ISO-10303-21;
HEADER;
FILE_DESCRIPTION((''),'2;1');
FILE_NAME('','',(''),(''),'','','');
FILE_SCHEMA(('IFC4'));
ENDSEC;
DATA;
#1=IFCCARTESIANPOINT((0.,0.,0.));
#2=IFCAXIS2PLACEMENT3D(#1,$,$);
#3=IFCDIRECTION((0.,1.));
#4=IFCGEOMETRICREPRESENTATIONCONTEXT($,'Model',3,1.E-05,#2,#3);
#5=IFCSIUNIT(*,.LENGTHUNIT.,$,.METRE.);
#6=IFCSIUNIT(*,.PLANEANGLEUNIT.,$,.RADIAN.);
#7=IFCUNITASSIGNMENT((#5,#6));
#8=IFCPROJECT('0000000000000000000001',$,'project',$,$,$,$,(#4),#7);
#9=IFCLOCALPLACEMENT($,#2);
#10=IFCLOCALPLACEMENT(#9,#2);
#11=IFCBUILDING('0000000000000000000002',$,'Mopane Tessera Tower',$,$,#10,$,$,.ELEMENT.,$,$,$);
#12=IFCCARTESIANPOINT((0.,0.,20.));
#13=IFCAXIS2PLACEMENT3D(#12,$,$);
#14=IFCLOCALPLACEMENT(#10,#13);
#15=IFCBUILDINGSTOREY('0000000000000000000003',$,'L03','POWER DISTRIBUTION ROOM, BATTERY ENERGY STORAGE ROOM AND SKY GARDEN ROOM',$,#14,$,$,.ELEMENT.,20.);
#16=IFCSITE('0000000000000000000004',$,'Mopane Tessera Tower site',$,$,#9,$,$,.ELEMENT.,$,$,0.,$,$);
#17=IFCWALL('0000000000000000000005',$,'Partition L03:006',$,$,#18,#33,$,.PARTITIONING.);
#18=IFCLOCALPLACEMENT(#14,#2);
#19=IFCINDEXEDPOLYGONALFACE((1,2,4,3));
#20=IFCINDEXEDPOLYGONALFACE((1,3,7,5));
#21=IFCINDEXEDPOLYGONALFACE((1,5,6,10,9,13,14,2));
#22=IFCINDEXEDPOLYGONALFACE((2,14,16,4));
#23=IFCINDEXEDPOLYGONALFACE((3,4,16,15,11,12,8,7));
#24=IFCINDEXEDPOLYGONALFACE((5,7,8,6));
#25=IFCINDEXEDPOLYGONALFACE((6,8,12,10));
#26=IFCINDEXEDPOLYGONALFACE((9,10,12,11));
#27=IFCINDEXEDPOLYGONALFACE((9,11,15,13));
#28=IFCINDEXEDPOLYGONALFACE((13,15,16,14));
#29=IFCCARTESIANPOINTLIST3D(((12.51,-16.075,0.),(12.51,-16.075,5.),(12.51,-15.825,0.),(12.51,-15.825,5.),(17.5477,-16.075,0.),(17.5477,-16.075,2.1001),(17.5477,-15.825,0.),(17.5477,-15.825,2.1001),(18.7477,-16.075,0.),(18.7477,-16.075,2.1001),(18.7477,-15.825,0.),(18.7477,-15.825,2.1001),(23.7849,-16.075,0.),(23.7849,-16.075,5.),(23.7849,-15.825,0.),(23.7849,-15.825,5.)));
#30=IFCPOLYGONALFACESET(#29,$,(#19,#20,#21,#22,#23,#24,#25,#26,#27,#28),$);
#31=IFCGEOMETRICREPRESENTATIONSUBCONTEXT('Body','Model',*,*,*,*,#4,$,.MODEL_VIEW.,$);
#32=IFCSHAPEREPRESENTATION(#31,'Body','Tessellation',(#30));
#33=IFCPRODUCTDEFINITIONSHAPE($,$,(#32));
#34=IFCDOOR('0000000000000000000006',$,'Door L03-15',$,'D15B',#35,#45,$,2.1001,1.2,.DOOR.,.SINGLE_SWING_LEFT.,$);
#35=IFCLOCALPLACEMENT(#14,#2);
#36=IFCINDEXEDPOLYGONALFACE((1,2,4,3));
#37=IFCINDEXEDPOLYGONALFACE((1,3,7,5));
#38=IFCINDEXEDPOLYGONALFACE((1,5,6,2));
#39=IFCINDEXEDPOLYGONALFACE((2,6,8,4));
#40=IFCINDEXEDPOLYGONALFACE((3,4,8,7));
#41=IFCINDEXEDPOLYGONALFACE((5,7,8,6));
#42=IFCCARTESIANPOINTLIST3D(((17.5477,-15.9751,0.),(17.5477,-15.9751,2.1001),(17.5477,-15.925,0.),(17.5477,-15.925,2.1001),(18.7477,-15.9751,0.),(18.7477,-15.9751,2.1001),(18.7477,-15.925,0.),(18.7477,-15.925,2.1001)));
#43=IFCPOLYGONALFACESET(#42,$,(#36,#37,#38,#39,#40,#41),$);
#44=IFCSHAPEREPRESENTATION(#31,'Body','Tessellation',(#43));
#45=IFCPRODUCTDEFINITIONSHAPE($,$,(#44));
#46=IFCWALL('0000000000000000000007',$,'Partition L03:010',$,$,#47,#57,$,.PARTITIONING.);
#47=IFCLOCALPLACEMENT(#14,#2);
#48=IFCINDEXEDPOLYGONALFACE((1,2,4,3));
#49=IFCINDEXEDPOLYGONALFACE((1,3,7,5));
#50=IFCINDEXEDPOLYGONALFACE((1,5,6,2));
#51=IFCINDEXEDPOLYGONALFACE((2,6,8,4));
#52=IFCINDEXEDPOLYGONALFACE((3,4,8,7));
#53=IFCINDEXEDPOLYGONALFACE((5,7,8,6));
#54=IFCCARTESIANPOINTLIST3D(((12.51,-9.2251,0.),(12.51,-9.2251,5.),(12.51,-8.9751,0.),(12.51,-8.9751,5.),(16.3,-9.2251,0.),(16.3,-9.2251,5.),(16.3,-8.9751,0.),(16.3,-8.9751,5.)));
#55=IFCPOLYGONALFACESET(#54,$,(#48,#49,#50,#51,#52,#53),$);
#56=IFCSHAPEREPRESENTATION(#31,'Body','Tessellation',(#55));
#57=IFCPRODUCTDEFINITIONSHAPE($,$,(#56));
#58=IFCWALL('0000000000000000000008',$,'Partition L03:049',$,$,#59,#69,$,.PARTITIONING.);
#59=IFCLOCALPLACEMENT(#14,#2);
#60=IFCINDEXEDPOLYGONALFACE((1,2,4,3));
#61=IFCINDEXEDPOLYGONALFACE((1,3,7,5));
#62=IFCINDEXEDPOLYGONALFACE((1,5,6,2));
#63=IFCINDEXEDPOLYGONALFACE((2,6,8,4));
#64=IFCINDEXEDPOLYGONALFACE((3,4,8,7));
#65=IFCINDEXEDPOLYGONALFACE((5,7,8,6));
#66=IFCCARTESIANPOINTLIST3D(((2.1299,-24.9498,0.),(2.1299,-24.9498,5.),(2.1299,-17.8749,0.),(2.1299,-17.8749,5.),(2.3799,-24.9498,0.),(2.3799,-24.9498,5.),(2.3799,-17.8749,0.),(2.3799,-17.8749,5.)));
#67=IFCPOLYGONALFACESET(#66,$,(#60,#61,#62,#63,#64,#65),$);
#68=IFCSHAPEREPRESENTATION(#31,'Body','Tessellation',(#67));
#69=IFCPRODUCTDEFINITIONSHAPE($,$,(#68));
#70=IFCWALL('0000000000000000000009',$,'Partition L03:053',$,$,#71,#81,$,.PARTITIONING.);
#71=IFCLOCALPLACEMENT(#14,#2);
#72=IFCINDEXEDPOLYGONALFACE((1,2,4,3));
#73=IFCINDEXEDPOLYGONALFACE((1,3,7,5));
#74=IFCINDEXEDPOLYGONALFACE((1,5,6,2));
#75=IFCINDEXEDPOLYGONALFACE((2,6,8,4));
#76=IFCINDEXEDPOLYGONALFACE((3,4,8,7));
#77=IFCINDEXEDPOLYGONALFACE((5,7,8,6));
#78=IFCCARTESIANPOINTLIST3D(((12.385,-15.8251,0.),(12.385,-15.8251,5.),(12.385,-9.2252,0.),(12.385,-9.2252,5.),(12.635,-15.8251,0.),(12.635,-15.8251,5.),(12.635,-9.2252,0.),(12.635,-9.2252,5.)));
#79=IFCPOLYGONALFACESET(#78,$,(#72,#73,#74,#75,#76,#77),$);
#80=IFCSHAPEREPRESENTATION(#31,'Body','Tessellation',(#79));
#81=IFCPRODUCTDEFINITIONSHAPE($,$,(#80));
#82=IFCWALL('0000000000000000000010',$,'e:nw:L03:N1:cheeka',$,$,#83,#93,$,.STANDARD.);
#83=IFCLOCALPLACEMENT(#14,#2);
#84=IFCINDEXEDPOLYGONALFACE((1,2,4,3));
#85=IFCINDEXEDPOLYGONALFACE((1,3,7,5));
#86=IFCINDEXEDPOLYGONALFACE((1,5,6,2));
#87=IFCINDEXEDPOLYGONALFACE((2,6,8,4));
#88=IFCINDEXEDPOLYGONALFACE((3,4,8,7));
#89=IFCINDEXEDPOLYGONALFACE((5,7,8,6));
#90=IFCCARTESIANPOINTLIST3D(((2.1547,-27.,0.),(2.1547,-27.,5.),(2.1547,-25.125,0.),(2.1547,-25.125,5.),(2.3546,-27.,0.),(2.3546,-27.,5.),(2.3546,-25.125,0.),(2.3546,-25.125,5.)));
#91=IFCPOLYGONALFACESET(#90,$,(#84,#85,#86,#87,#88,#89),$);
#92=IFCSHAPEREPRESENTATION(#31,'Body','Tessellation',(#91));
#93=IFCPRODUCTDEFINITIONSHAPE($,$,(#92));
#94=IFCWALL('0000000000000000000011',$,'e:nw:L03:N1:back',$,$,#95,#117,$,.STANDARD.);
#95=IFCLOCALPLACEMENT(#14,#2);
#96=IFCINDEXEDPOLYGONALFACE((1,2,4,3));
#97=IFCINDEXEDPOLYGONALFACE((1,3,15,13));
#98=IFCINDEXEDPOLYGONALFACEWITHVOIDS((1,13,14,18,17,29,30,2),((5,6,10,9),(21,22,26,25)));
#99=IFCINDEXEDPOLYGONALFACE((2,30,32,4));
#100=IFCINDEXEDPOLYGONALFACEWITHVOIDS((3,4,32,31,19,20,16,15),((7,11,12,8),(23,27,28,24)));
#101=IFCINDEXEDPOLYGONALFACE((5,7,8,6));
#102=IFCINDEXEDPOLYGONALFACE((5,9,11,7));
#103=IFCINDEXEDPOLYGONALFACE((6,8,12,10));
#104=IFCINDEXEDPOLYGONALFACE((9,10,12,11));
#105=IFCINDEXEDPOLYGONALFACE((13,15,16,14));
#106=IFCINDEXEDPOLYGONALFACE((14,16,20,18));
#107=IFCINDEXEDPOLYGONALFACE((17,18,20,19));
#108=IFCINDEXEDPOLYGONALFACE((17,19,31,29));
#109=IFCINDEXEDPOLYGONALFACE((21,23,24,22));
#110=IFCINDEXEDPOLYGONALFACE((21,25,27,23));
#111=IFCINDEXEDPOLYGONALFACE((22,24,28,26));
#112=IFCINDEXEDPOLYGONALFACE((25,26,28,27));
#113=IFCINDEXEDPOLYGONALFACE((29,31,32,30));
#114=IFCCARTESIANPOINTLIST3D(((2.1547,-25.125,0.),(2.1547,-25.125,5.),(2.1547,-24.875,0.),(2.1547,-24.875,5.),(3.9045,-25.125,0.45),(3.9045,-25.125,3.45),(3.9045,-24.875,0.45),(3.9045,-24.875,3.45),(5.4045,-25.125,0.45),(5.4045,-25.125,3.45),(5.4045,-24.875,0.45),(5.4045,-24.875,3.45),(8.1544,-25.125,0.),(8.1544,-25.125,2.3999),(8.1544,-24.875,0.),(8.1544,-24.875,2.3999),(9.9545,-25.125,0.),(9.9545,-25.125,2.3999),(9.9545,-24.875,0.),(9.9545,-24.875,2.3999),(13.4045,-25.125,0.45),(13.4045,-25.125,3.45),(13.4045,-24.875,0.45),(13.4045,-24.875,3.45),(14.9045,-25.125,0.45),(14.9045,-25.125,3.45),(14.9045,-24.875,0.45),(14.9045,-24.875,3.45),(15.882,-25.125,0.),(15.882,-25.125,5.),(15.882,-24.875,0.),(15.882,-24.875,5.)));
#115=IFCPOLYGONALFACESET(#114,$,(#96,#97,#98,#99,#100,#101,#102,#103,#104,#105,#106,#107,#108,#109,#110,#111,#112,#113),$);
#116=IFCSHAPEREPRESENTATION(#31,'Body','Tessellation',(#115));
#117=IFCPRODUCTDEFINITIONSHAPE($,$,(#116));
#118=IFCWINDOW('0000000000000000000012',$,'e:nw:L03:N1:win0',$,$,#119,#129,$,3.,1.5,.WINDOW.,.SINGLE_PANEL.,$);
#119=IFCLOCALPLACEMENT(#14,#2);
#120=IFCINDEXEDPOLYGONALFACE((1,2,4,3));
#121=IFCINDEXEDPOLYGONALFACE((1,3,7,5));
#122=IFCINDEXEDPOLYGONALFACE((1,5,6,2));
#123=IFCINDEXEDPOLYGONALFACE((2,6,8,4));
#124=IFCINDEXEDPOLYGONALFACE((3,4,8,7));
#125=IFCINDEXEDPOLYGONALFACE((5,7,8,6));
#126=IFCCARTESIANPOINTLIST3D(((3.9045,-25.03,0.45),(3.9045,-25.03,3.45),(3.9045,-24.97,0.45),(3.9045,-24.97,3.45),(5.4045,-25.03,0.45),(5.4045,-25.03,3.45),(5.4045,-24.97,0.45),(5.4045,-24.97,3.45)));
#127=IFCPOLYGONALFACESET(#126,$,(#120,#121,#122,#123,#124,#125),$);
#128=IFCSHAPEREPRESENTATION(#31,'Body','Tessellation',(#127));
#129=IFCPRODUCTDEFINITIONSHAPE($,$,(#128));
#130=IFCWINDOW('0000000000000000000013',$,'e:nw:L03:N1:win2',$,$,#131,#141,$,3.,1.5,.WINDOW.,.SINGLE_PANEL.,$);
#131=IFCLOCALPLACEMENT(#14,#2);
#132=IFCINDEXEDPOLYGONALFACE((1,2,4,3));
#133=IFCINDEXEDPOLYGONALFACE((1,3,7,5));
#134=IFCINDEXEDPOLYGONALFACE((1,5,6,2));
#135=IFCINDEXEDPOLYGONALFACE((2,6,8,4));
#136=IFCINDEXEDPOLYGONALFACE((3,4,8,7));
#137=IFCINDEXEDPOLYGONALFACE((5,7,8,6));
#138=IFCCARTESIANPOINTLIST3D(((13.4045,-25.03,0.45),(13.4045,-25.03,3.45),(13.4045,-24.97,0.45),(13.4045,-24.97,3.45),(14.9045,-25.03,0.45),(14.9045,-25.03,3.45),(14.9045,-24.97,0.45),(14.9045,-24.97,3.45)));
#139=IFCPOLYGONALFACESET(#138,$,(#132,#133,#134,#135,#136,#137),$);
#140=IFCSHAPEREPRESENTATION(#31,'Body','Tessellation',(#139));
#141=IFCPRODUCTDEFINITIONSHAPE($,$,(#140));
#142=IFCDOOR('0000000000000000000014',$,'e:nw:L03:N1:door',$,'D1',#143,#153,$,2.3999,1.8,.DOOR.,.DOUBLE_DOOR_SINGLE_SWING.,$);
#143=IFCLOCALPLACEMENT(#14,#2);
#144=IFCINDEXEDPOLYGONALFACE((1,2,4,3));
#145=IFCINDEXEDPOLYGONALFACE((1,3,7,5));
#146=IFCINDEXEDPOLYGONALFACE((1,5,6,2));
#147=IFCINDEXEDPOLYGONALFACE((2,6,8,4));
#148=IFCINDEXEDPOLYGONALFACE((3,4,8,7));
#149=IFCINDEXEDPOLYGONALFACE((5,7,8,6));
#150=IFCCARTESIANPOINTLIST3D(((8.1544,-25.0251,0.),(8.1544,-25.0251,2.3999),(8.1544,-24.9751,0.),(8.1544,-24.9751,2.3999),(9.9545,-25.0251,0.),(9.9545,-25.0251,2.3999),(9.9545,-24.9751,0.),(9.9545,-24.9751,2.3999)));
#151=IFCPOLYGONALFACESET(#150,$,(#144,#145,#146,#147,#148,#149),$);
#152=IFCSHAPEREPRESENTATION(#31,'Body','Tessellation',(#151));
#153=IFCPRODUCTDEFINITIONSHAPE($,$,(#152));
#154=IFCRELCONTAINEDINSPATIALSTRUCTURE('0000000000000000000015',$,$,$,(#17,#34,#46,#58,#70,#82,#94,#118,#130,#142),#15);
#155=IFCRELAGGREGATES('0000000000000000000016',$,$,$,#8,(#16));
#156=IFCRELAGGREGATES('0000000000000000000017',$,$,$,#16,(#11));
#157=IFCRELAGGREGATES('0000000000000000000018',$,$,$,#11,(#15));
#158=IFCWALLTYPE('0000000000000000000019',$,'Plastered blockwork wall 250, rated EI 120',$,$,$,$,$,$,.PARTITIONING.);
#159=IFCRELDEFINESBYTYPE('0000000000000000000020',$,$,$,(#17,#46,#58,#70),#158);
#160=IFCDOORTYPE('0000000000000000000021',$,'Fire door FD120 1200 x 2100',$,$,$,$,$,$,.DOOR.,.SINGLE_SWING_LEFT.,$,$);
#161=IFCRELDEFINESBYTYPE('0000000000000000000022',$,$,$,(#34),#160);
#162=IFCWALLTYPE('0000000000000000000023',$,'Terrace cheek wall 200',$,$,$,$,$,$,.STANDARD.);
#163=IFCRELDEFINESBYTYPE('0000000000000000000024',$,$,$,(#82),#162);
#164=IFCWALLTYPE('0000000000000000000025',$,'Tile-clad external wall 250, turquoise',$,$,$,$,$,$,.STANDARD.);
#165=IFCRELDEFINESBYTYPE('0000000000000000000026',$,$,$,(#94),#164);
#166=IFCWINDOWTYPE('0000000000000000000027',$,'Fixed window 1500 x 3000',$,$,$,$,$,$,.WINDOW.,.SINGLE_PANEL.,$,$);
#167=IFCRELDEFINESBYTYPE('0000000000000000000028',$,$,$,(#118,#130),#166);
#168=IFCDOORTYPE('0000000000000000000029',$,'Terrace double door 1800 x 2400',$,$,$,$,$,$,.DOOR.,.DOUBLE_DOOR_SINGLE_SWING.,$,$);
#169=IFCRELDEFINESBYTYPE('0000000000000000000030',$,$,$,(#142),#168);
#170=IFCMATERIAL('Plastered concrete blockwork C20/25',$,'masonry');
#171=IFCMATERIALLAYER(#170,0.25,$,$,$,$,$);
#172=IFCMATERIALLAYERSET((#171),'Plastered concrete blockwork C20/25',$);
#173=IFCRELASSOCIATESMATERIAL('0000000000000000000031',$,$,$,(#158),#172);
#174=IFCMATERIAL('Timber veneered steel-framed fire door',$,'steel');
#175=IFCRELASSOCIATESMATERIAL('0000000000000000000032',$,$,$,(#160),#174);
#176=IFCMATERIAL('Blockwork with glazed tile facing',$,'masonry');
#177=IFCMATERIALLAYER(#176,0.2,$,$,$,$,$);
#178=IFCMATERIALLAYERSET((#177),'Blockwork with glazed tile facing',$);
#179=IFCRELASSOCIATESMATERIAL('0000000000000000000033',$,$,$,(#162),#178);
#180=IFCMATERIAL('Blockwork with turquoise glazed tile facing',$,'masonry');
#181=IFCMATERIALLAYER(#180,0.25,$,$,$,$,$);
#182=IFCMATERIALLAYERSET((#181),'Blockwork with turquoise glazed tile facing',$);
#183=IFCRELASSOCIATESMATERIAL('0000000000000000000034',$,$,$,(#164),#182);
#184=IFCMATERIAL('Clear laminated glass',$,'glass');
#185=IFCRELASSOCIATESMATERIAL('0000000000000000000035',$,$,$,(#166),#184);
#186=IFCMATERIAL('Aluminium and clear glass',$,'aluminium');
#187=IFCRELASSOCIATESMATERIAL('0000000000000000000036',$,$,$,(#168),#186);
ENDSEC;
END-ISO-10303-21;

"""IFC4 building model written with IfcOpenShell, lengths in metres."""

from ifc_helpers import new_model, si_unit, direction, frame, frame_2d, origin, place, context, subcontext, project, spatial, rectangle, extrude, material, layer, layer_set, type_object, element, fill, save


model = new_model("IFC4")

# Units and contexts
model_context = context("Model", 3, precision=1e-05, world=origin(), true_north=direction((0.0, 1.0)))
body_context = subcontext(model_context, "Body", "Model", "MODEL_VIEW")
ifc_project = project(units=[si_unit("LENGTHUNIT", "METRE"), si_unit("PLANEANGLEUNIT", "RADIAN")], contexts=[model_context])

# Site, building, storey
site_placement = place(None, origin())
site = spatial("IfcSite", under=ifc_project, at=site_placement, Name="Mopane Tessera Tower site", CompositionType="ELEMENT", RefElevation=0.0)
building_placement = place(site_placement, origin())
building = spatial("IfcBuilding", under=site, at=building_placement, Name="Mopane Tessera Tower", CompositionType="ELEMENT")
storey_placement = place(building_placement, frame((0.0, 0.0, 20.0)))
storey = spatial("IfcBuildingStorey", under=building, at=storey_placement, Name="L03", Description="POWER DISTRIBUTION ROOM, BATTERY ENERGY STORAGE ROOM AND SKY GARDEN ROOM", CompositionType="ELEMENT", Elevation=20.0)

# Wall, opening, door
ifc_material_1 = material(Name="Plastered concrete blockwork C20/25", Category="masonry")
ifc_layer_1 = layer(ifc_material_1, 0.25)
ifc_layer_set_1 = layer_set([ifc_layer_1], Name="Plastered concrete blockwork C20/25")
wall_type_1 = type_object("IfcWallType", Name="Plastered blockwork wall 250, rated EI 120", PredefinedType="PARTITIONING", material=ifc_layer_set_1)
wall_1_placement = place(storey_placement, frame((12.51, -15.95, 0.0), z_axis=(0.0, 0.0, 1.0), x_axis=(1.0, 0.0, 0.0)))
wall_1 = element("IfcWall", 1, at=wall_1_placement, inside=storey, type_object=wall_type_1, Name="Partition L03:006", PredefinedType="PARTITIONING", context=body_context, shape_type="SweptSolid", body=[
    extrude(rectangle(XDim=11.2749, YDim=0.25, at=frame_2d((5.6375, 0.0))), origin(), (0.0, 0.0, 1.0), 5.0),
])
opening_1_placement = place(wall_1_placement, frame((5.0376, 0.0, 0.0)))
opening_1 = element("IfcOpeningElement", 2, at=opening_1_placement, cuts=wall_1, PredefinedType="OPENING", context=body_context, shape_type="SweptSolid", body=[
    extrude(rectangle(XDim=1.2, YDim=2.1001, at=frame_2d((0.6001, 1.05))), frame((0.0, 0.137, 0.0), z_axis=(0.0, -1.0, 0.0), x_axis=(1.0, 0.0, 0.0)), (0.0, 0.0, 1.0), 0.2739),
])
ifc_material_2 = material(Name="Timber veneered steel-framed fire door", Category="steel")
door_type_1 = type_object("IfcDoorType", Name="Fire door FD120 1200 x 2100", OperationType="SINGLE_SWING_LEFT", PredefinedType="DOOR", material=ifc_material_2)
door_1_placement = place(opening_1_placement, origin())
door_1 = element("IfcDoor", 3, at=door_1_placement, inside=storey, type_object=door_type_1, Name="Door L03-15", ObjectType="D15B", OperationType="SINGLE_SWING_LEFT", OverallHeight=2.1001, OverallWidth=1.2, PredefinedType="DOOR", context=body_context, shape_type="SweptSolid", body=[
    extrude(rectangle(XDim=1.2, YDim=2.1001, at=frame_2d((0.6001, 1.05))), frame((0.0, 0.0249, 0.0), z_axis=(0.0, -1.0, 0.0), x_axis=(1.0, 0.0, 0.0)), (0.0, 0.0, 1.0), 0.05),
])
fill(opening_1, door_1)

# Walls
wall_2_placement = place(storey_placement, frame((12.51, -9.1001, 0.0), z_axis=(0.0, 0.0, 1.0), x_axis=(1.0, 0.0, 0.0)))
element("IfcWall", 4, at=wall_2_placement, inside=storey, type_object=wall_type_1, Name="Partition L03:010", PredefinedType="PARTITIONING", context=body_context, shape_type="SweptSolid", body=[
    extrude(rectangle(XDim=3.79, YDim=0.25, at=frame_2d((1.895, 0.0))), origin(), (0.0, 0.0, 1.0), 5.0),
])
wall_3_placement = place(storey_placement, frame((2.2549, -24.95, 0.0), z_axis=(0.0, 0.0, 1.0), x_axis=(0.0, 1.0, 0.0)))
element("IfcWall", 5, at=wall_3_placement, inside=storey, type_object=wall_type_1, Name="Partition L03:049", PredefinedType="PARTITIONING", context=body_context, shape_type="SweptSolid", body=[
    extrude(rectangle(XDim=7.075, YDim=0.25, at=frame_2d((3.5376, 0.0))), origin(), (0.0, 0.0, 1.0), 5.0),
])
wall_4_placement = place(storey_placement, frame((12.51, -15.825, 0.0), z_axis=(0.0, 0.0, 1.0), x_axis=(0.0, 1.0, 0.0)))
element("IfcWall", 6, at=wall_4_placement, inside=storey, type_object=wall_type_1, Name="Partition L03:053", PredefinedType="PARTITIONING", context=body_context, shape_type="SweptSolid", body=[
    extrude(rectangle(XDim=6.5999, YDim=0.25, at=frame_2d((3.2998, 0.0))), origin(), (0.0, 0.0, 1.0), 5.0),
])
ifc_material_3 = material(Name="Blockwork with glazed tile facing", Category="masonry")
ifc_layer_2 = layer(ifc_material_3, 0.2)
ifc_layer_set_2 = layer_set([ifc_layer_2], Name="Blockwork with glazed tile facing")
wall_type_2 = type_object("IfcWallType", Name="Terrace cheek wall 200", PredefinedType="STANDARD", material=ifc_layer_set_2)
wall_5_placement = place(storey_placement, frame((2.2546, -27.0, 0.0), z_axis=(0.0, 0.0, 1.0), x_axis=(0.0, 1.0, 0.0)))
element("IfcWall", 7, at=wall_5_placement, inside=storey, type_object=wall_type_2, Name="e:nw:L03:N1:cheeka", PredefinedType="STANDARD", context=body_context, shape_type="SweptSolid", body=[
    extrude(rectangle(XDim=1.875, YDim=0.2, at=frame_2d((0.9375, 0.0))), origin(), (0.0, 0.0, 1.0), 5.0),
])

# Wall, openings, windows, door
ifc_material_4 = material(Name="Blockwork with turquoise glazed tile facing", Category="masonry")
ifc_layer_3 = layer(ifc_material_4, 0.25)
ifc_layer_set_3 = layer_set([ifc_layer_3], Name="Blockwork with turquoise glazed tile facing")
wall_type_3 = type_object("IfcWallType", Name="Tile-clad external wall 250, turquoise", PredefinedType="STANDARD", material=ifc_layer_set_3)
wall_6_placement = place(storey_placement, frame((2.1545, -25.0, 0.0), z_axis=(0.0, 0.0, 1.0), x_axis=(1.0, 0.0, 0.0)))
wall_6 = element("IfcWall", 8, at=wall_6_placement, inside=storey, type_object=wall_type_3, Name="e:nw:L03:N1:back", PredefinedType="STANDARD", context=body_context, shape_type="SweptSolid", body=[
    extrude(rectangle(XDim=13.7273, YDim=0.25, at=frame_2d((6.8638, 0.0))), origin(), (0.0, 0.0, 1.0), 5.0),
])
opening_2_placement = place(wall_6_placement, frame((1.75, 0.0, 0.45)))
opening_2 = element("IfcOpeningElement", 9, at=opening_2_placement, cuts=wall_6, PredefinedType="OPENING", context=body_context, shape_type="SweptSolid", body=[
    extrude(rectangle(XDim=1.5, YDim=3.0, at=frame_2d((0.75, 1.5))), frame((0.0, 0.137, 0.0), z_axis=(0.0, -1.0, 0.0), x_axis=(1.0, 0.0, 0.0)), (0.0, 0.0, 1.0), 0.2739),
])
opening_3_placement = place(wall_6_placement, frame((6.0, 0.0, 0.0)))
opening_3 = element("IfcOpeningElement", 10, at=opening_3_placement, cuts=wall_6, PredefinedType="OPENING", context=body_context, shape_type="SweptSolid", body=[
    extrude(rectangle(XDim=1.8, YDim=2.3999, at=frame_2d((0.8999, 1.2))), frame((0.0, 0.137, 0.0), z_axis=(0.0, -1.0, 0.0), x_axis=(1.0, 0.0, 0.0)), (0.0, 0.0, 1.0), 0.2739),
])
opening_4_placement = place(wall_6_placement, frame((11.25, 0.0, 0.45)))
opening_4 = element("IfcOpeningElement", 11, at=opening_4_placement, cuts=wall_6, PredefinedType="OPENING", context=body_context, shape_type="SweptSolid", body=[
    extrude(rectangle(XDim=1.5, YDim=3.0, at=frame_2d((0.75, 1.5))), frame((0.0, 0.137, 0.0), z_axis=(0.0, -1.0, 0.0), x_axis=(1.0, 0.0, 0.0)), (0.0, 0.0, 1.0), 0.2739),
])
ifc_material_5 = material(Name="Clear laminated glass", Category="glass")
window_type = type_object("IfcWindowType", Name="Fixed window 1500 x 3000", PartitioningType="SINGLE_PANEL", PredefinedType="WINDOW", material=ifc_material_5)
window_1_placement = place(opening_2_placement, origin())
window_1 = element("IfcWindow", 12, at=window_1_placement, inside=storey, type_object=window_type, Name="e:nw:L03:N1:win0", OverallHeight=3.0, OverallWidth=1.5, PartitioningType="SINGLE_PANEL", PredefinedType="WINDOW", context=body_context, shape_type="SweptSolid", body=[
    extrude(rectangle(XDim=1.5, YDim=3.0, at=frame_2d((0.75, 1.5))), frame((0.0, 0.03, 0.0), z_axis=(0.0, -1.0, 0.0), x_axis=(1.0, 0.0, 0.0)), (0.0, 0.0, 1.0), 0.0601),
])
fill(opening_2, window_1)
window_2_placement = place(opening_4_placement, origin())
window_2 = element("IfcWindow", 13, at=window_2_placement, inside=storey, type_object=window_type, Name="e:nw:L03:N1:win2", OverallHeight=3.0, OverallWidth=1.5, PartitioningType="SINGLE_PANEL", PredefinedType="WINDOW", context=body_context, shape_type="SweptSolid", body=[
    extrude(rectangle(XDim=1.5, YDim=3.0, at=frame_2d((0.75, 1.5))), frame((0.0, 0.03, 0.0), z_axis=(0.0, -1.0, 0.0), x_axis=(1.0, 0.0, 0.0)), (0.0, 0.0, 1.0), 0.0601),
])
fill(opening_4, window_2)
ifc_material_6 = material(Name="Aluminium and clear glass", Category="aluminium")
door_type_2 = type_object("IfcDoorType", Name="Terrace double door 1800 x 2400", OperationType="DOUBLE_DOOR_SINGLE_SWING", PredefinedType="DOOR", material=ifc_material_6)
door_2_placement = place(opening_3_placement, origin())
door_2 = element("IfcDoor", 14, at=door_2_placement, inside=storey, type_object=door_type_2, Name="e:nw:L03:N1:door", ObjectType="D1", OperationType="DOUBLE_DOOR_SINGLE_SWING", OverallHeight=2.3999, OverallWidth=1.8, PredefinedType="DOOR", context=body_context, shape_type="SweptSolid", body=[
    extrude(rectangle(XDim=1.8, YDim=2.3999, at=frame_2d((0.8999, 1.2))), frame((0.0, 0.0249, 0.0), z_axis=(0.0, -1.0, 0.0), x_axis=(1.0, 0.0, 0.0)), (0.0, 0.0, 1.0), 0.05),
])
fill(opening_3, door_2)

save(model, "model.ifc")
